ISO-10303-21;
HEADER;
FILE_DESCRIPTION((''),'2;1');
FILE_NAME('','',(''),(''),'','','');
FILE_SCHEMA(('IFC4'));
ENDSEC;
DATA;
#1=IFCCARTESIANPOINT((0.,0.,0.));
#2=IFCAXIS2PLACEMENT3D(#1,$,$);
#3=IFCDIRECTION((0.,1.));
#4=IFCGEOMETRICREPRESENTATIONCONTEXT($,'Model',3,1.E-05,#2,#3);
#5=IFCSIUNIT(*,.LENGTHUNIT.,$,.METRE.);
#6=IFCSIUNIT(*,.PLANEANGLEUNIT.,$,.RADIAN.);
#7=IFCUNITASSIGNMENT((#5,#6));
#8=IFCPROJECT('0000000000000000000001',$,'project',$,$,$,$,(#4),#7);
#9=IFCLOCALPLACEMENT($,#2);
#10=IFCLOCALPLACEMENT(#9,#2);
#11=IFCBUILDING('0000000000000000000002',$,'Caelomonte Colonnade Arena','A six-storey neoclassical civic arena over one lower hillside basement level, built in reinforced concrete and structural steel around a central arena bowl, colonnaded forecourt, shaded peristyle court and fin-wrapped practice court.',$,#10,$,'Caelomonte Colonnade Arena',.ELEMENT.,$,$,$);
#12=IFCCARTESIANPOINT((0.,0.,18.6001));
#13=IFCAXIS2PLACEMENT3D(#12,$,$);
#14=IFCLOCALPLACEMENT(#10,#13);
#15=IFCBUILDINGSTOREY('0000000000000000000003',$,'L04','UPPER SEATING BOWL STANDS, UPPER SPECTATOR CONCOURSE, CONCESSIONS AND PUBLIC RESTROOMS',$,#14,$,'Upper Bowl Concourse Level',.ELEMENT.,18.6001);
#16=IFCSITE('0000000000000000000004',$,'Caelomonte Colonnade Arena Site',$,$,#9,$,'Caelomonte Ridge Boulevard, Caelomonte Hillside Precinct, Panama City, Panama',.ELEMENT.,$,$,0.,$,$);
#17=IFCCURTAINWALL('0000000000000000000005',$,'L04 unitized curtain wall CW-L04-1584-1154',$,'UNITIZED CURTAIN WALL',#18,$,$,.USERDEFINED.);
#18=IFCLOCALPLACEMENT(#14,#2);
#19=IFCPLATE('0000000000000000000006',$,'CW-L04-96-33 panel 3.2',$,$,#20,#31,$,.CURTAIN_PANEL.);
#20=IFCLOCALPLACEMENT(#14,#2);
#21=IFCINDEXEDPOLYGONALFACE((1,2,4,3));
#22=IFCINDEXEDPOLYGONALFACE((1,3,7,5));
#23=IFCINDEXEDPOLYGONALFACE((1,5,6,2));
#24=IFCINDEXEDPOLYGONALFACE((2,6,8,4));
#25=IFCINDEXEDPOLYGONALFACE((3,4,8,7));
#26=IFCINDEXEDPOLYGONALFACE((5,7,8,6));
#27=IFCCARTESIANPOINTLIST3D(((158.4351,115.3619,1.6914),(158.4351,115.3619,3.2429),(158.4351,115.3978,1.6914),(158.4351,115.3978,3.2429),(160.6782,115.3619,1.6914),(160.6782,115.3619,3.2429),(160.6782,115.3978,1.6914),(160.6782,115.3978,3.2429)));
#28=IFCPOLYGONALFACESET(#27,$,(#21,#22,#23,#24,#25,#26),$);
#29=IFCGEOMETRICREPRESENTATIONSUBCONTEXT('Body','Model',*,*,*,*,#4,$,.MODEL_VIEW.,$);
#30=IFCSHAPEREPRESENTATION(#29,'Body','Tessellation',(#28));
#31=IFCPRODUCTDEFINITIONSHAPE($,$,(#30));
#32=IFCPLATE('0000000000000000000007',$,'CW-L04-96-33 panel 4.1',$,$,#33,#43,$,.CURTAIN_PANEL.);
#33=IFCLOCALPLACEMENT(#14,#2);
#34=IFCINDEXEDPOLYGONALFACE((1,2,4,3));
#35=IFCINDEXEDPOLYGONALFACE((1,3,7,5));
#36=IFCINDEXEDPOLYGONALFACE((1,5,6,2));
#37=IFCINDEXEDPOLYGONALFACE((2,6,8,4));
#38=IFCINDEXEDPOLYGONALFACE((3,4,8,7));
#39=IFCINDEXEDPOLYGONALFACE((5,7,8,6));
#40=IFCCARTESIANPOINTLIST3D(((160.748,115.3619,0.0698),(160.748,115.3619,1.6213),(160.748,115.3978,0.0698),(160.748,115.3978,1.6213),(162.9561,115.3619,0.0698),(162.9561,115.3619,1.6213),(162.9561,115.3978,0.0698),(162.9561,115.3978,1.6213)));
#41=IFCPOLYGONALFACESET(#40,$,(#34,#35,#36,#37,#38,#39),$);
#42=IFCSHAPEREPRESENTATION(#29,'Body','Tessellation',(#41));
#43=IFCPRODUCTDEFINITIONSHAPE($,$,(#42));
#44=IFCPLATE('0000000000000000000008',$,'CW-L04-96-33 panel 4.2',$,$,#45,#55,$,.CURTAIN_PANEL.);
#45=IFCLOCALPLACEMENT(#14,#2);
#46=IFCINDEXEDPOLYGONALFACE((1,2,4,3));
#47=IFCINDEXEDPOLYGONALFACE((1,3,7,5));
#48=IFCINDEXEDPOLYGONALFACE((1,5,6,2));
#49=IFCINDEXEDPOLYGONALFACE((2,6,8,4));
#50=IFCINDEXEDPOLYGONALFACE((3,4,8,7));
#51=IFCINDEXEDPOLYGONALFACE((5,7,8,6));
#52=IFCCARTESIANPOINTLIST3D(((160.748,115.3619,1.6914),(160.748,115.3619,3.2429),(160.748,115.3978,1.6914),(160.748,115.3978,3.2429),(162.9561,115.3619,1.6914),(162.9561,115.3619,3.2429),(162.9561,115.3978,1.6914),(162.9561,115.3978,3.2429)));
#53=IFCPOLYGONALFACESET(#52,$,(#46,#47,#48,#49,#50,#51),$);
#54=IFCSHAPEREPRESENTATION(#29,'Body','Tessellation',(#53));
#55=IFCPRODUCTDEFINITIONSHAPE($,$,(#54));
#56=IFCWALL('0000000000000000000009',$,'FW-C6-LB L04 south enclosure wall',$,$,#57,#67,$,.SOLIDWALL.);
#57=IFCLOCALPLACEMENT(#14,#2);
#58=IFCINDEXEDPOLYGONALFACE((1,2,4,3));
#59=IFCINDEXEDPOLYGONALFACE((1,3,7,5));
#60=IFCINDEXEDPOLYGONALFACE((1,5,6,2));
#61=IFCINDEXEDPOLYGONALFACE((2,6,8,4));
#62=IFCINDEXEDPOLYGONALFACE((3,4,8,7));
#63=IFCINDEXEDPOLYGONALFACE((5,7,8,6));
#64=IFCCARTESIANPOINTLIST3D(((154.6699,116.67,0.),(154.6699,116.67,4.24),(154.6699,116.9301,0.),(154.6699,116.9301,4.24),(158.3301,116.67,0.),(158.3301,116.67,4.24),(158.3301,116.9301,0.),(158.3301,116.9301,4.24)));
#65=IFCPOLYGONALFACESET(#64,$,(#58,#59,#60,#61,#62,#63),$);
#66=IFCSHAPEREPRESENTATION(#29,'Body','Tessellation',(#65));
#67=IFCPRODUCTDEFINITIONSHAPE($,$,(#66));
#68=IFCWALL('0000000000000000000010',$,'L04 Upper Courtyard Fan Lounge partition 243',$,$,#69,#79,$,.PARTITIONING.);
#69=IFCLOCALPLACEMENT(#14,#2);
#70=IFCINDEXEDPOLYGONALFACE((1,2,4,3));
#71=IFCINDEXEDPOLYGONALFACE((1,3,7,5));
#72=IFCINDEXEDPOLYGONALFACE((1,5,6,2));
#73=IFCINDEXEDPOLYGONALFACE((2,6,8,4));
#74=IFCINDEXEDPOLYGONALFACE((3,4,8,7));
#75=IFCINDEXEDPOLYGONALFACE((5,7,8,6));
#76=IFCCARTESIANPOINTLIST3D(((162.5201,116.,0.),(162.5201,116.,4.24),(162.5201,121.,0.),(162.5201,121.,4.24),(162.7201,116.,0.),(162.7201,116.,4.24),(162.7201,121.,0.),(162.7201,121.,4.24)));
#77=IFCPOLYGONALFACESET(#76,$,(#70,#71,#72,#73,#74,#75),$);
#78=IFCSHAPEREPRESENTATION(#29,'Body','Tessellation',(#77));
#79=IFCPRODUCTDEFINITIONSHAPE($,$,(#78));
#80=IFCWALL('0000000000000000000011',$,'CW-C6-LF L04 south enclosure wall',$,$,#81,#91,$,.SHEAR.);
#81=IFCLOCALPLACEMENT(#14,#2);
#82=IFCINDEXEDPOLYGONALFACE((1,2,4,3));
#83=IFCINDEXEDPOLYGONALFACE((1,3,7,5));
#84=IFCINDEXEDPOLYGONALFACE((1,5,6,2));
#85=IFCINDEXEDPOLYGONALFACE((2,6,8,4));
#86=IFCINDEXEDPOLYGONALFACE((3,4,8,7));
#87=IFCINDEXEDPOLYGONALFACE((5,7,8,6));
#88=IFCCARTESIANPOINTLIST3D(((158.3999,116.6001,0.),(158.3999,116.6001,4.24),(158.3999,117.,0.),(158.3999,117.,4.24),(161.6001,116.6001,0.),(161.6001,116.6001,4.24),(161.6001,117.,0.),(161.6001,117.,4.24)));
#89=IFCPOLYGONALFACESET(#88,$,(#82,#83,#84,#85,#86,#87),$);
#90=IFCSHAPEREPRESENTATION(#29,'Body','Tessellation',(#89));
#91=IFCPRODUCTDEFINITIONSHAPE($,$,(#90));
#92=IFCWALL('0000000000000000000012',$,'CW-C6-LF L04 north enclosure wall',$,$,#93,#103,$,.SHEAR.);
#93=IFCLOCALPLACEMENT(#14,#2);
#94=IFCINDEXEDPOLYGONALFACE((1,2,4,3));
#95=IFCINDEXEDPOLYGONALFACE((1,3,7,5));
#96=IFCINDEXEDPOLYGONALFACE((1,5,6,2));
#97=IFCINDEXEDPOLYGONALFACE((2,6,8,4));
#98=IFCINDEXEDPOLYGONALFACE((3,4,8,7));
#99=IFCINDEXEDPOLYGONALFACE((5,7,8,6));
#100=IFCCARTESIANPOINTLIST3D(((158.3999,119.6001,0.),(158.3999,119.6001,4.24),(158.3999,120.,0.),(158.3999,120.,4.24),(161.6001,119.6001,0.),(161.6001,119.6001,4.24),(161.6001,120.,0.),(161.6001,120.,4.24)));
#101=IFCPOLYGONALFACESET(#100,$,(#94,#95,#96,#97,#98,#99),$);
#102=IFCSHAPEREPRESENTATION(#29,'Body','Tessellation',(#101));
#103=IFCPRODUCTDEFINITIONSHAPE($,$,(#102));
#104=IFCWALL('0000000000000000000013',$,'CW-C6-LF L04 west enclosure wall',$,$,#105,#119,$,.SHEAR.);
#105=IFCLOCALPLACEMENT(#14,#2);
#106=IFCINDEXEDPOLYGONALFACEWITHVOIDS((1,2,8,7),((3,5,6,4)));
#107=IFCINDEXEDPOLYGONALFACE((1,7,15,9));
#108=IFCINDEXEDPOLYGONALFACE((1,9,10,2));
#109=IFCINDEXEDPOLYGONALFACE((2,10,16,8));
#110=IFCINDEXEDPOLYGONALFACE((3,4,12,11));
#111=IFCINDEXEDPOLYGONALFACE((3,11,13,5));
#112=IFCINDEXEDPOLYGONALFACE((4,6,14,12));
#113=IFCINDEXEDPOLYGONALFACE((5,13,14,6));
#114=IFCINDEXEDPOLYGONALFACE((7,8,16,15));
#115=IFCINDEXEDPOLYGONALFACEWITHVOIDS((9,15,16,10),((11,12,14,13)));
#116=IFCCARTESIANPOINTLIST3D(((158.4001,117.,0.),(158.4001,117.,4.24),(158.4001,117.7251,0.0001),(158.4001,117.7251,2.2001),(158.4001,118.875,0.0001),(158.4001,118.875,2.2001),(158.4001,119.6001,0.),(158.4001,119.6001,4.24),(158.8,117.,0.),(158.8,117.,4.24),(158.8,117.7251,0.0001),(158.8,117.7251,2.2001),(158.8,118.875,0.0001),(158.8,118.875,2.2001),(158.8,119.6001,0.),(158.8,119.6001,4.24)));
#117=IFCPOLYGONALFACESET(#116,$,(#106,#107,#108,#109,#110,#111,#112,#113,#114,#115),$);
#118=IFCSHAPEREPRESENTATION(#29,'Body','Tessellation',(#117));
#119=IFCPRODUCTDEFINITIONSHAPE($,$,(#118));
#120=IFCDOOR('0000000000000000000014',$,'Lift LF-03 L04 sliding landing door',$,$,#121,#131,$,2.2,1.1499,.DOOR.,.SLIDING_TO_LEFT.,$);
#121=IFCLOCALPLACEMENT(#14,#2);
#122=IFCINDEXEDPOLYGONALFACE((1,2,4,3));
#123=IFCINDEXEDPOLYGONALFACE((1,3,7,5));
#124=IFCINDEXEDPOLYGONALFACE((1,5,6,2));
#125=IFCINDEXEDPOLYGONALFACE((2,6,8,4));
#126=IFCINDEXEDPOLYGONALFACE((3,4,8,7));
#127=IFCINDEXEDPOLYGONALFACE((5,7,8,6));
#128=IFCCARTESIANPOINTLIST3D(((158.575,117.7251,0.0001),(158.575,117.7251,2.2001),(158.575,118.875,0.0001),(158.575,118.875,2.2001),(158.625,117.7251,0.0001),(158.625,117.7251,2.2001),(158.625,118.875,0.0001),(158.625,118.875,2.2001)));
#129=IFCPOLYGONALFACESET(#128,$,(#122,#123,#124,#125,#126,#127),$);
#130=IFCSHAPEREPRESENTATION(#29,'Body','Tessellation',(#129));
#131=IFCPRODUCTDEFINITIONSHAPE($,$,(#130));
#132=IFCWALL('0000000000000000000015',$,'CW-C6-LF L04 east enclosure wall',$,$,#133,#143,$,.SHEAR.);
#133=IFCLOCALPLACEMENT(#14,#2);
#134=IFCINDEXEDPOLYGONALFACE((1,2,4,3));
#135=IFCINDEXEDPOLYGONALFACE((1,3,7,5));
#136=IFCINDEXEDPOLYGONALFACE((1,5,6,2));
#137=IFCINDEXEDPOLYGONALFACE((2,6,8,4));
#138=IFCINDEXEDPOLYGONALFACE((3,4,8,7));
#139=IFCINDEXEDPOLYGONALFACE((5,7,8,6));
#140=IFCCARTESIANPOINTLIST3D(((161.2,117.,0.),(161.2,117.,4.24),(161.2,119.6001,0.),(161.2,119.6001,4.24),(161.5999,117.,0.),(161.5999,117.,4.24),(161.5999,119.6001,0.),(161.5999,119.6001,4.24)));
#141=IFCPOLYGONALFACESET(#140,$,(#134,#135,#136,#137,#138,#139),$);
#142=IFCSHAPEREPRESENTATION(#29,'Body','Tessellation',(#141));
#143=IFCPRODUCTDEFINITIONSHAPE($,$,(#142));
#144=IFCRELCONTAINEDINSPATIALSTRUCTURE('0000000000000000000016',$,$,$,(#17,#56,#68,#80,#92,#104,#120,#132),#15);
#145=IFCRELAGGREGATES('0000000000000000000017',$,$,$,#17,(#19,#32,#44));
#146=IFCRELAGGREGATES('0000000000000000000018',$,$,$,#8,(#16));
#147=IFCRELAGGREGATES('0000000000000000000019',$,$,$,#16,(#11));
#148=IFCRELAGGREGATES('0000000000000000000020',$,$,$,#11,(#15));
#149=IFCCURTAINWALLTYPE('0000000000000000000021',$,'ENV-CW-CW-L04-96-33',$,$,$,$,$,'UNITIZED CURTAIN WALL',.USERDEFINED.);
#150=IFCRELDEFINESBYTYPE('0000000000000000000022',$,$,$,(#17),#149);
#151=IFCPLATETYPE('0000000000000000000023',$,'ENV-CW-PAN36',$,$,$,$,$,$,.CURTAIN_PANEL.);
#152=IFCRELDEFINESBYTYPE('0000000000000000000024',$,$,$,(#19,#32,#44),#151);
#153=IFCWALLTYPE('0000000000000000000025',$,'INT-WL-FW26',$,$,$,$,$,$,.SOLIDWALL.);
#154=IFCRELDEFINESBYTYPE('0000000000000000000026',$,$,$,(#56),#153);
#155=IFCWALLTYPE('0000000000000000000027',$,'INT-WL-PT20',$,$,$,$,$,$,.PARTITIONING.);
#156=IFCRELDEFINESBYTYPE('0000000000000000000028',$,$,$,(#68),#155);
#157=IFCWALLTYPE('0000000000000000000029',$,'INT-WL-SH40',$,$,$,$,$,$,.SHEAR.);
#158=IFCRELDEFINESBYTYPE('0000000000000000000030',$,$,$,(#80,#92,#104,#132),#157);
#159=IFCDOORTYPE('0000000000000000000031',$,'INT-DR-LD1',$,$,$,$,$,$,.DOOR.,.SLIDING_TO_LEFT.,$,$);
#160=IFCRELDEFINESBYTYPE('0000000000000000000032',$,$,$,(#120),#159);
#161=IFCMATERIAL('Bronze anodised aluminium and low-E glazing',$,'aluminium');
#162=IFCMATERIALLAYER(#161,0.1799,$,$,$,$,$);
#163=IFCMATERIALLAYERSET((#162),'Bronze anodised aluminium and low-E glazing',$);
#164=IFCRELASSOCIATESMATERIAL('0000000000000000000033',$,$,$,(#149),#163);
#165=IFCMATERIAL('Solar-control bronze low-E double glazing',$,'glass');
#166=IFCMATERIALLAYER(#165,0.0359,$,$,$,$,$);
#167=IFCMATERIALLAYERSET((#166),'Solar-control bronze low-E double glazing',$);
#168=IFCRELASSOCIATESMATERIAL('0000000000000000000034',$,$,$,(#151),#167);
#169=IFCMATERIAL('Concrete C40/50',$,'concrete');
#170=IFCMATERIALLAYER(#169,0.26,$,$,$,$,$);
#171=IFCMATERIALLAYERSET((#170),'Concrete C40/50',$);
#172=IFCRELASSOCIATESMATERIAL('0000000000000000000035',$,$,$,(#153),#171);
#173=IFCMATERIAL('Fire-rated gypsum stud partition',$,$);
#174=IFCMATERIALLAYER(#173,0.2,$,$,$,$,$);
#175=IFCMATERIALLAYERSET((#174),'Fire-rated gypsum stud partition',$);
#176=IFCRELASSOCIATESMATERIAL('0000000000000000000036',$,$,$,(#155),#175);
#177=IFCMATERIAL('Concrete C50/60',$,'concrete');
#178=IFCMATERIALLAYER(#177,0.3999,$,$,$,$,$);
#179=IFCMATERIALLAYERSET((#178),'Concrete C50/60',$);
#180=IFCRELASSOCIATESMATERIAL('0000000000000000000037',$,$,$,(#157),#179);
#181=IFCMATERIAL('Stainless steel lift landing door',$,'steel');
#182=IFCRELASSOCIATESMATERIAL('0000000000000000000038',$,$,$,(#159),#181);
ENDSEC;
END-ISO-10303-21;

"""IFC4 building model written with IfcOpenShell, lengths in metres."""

from ifc_helpers import new_model, si_unit, direction, frame, frame_2d, origin, origin_2d, place, context, subcontext, project, spatial, rectangle, extrude, material, layer, layer_set, type_object, element, fill, aggregate, save


model = new_model("IFC4")

# Units and contexts
model_context = context("Model", 3, precision=1e-05, world=origin(), true_north=direction((0.0, 1.0)))
body_context = subcontext(model_context, "Body", "Model", "MODEL_VIEW")
ifc_project = project(units=[si_unit("LENGTHUNIT", "METRE"), si_unit("PLANEANGLEUNIT", "RADIAN")], contexts=[model_context])

# Site, building, storey
site_placement = place(None, origin())
site = spatial("IfcSite", under=ifc_project, at=site_placement, Name="Caelomonte Colonnade Arena Site", LongName="Caelomonte Ridge Boulevard, Caelomonte Hillside Precinct, Panama City, Panama", CompositionType="ELEMENT", RefElevation=0.0)
building_placement = place(site_placement, origin())
building = spatial("IfcBuilding", under=site, at=building_placement, Name="Caelomonte Colonnade Arena", Description="A six-storey neoclassical civic arena over one lower hillside basement level, built in reinforced concrete and structural steel around a central arena bowl, colonnaded forecourt, shaded peristyle court and fin-wrapped practice court.", LongName="Caelomonte Colonnade Arena", CompositionType="ELEMENT")
storey_placement = place(building_placement, frame((0.0, 0.0, 18.6001)))
storey = spatial("IfcBuildingStorey", under=building, at=storey_placement, Name="L04", Description="UPPER SEATING BOWL STANDS, UPPER SPECTATOR CONCOURSE, CONCESSIONS AND PUBLIC RESTROOMS", LongName="Upper Bowl Concourse Level", CompositionType="ELEMENT", Elevation=18.6001)

# Curtain wall
ifc_material_1 = material(Name="Bronze anodised aluminium and low-E glazing", Category="aluminium")
ifc_layer_1 = layer(ifc_material_1, 0.1799)
ifc_layer_set_1 = layer_set([ifc_layer_1], Name="Bronze anodised aluminium and low-E glazing")
curtain_wall_type = type_object("IfcCurtainWallType", Name="ENV-CW-CW-L04-96-33", ElementType="UNITIZED CURTAIN WALL", PredefinedType="USERDEFINED", material=ifc_layer_set_1)
curtain_wall_placement = place(storey_placement, origin())
curtain_wall = element("IfcCurtainWall", 1, at=curtain_wall_placement, inside=storey, type_object=curtain_wall_type, Name="L04 unitized curtain wall CW-L04-1584-1154", ObjectType="UNITIZED CURTAIN WALL", PredefinedType="USERDEFINED")

# Plates
ifc_material_2 = material(Name="Solar-control bronze low-E double glazing", Category="glass")
ifc_layer_2 = layer(ifc_material_2, 0.0359)
ifc_layer_set_2 = layer_set([ifc_layer_2], Name="Solar-control bronze low-E double glazing")
plate_type = type_object("IfcPlateType", Name="ENV-CW-PAN36", PredefinedType="CURTAIN_PANEL", material=ifc_layer_set_2)
plate_1_placement = place(storey_placement, frame((159.5566, 115.3799, 1.6914), z_axis=(0.0, 0.0, 1.0), x_axis=(1.0, 0.0, 0.0)))
plate_1 = element("IfcPlate", 2, at=plate_1_placement, type_object=plate_type, Name="CW-L04-96-33 panel 3.2", PredefinedType="CURTAIN_PANEL", context=body_context, shape_type="SweptSolid", body=[
    extrude(rectangle(XDim=2.2432, YDim=0.0359, at=origin_2d()), origin(), (0.0, 0.0, 1.0), 1.5515),
])
plate_2_placement = place(storey_placement, frame((161.8521, 115.3799, 0.0698), z_axis=(0.0, 0.0, 1.0), x_axis=(1.0, 0.0, 0.0)))
plate_2 = element("IfcPlate", 3, at=plate_2_placement, type_object=plate_type, Name="CW-L04-96-33 panel 4.1", PredefinedType="CURTAIN_PANEL", context=body_context, shape_type="SweptSolid", body=[
    extrude(rectangle(XDim=2.208, YDim=0.0359, at=origin_2d()), origin(), (0.0, 0.0, 1.0), 1.5515),
])
plate_3_placement = place(storey_placement, frame((161.8521, 115.3799, 1.6914), z_axis=(0.0, 0.0, 1.0), x_axis=(1.0, 0.0, 0.0)))
plate_3 = element("IfcPlate", 4, at=plate_3_placement, type_object=plate_type, Name="CW-L04-96-33 panel 4.2", PredefinedType="CURTAIN_PANEL", context=body_context, shape_type="SweptSolid", body=[
    extrude(rectangle(XDim=2.208, YDim=0.0359, at=origin_2d()), origin(), (0.0, 0.0, 1.0), 1.5515),
])
aggregate(curtain_wall, [plate_1, plate_2, plate_3])

# Walls
ifc_material_3 = material(Name="Concrete C40/50", Category="concrete")
ifc_layer_3 = layer(ifc_material_3, 0.26)
ifc_layer_set_3 = layer_set([ifc_layer_3], Name="Concrete C40/50")
wall_type_1 = type_object("IfcWallType", Name="INT-WL-FW26", PredefinedType="SOLIDWALL", material=ifc_layer_set_3)
wall_1_placement = place(storey_placement, frame((154.6699, 116.8, 0.0), z_axis=(0.0, 0.0, 1.0), x_axis=(1.0, 0.0, 0.0)))
element("IfcWall", 5, at=wall_1_placement, inside=storey, type_object=wall_type_1, Name="FW-C6-LB L04 south enclosure wall", PredefinedType="SOLIDWALL", context=body_context, shape_type="SweptSolid", body=[
    extrude(rectangle(XDim=3.6602, YDim=0.26, at=frame_2d((1.8301, 0.0))), origin(), (0.0, 0.0, 1.0), 4.24),
])
ifc_material_4 = material(Name="Fire-rated gypsum stud partition")
ifc_layer_4 = layer(ifc_material_4, 0.2)
ifc_layer_set_4 = layer_set([ifc_layer_4], Name="Fire-rated gypsum stud partition")
wall_type_2 = type_object("IfcWallType", Name="INT-WL-PT20", PredefinedType="PARTITIONING", material=ifc_layer_set_4)
wall_2_placement = place(storey_placement, frame((162.6201, 116.0, 0.0), z_axis=(0.0, 0.0, 1.0), x_axis=(0.0, 1.0, 0.0)))
element("IfcWall", 6, at=wall_2_placement, inside=storey, type_object=wall_type_2, Name="L04 Upper Courtyard Fan Lounge partition 243", PredefinedType="PARTITIONING", context=body_context, shape_type="SweptSolid", body=[
    extrude(rectangle(XDim=5.0, YDim=0.2, at=frame_2d((2.5, 0.0))), origin(), (0.0, 0.0, 1.0), 4.24),
])
ifc_material_5 = material(Name="Concrete C50/60", Category="concrete")
ifc_layer_5 = layer(ifc_material_5, 0.3999)
ifc_layer_set_5 = layer_set([ifc_layer_5], Name="Concrete C50/60")
wall_type_3 = type_object("IfcWallType", Name="INT-WL-SH40", PredefinedType="SHEAR", material=ifc_layer_set_5)
for number, where, z_axis, x_axis, name in (
    (7, (158.3999, 116.8, 0.0), (0.0, 0.0, 1.0), (1.0, 0.0, 0.0), "CW-C6-LF L04 south enclosure wall"),
    (8, (161.6001, 119.8, 0.0), (0.0, 0.0, 1.0), (-1.0, 0.0, 0.0), "CW-C6-LF L04 north enclosure wall"),
):
    element("IfcWall", number, at=place(storey_placement, frame(where, z_axis=z_axis, x_axis=x_axis)), inside=storey, type_object=wall_type_3, Name=name, PredefinedType="SHEAR", context=body_context, shape_type="SweptSolid", body=[
        extrude(rectangle(XDim=3.2002, YDim=0.3999, at=frame_2d((1.6001, 0.0))), origin(), (0.0, 0.0, 1.0), 4.24),
    ])

# Wall, opening, door
wall_3_placement = place(storey_placement, frame((158.6001, 119.6001, 0.0), z_axis=(0.0, 0.0, 1.0), x_axis=(0.0, -1.0, 0.0)))
wall_3 = element("IfcWall", 9, at=wall_3_placement, inside=storey, type_object=wall_type_3, Name="CW-C6-LF L04 west enclosure wall", PredefinedType="SHEAR", context=body_context, shape_type="SweptSolid", body=[
    extrude(rectangle(XDim=2.6001, YDim=0.3999, at=frame_2d((1.3, 0.0))), origin(), (0.0, 0.0, 1.0), 4.24),
])
opening_placement = place(wall_3_placement, frame((0.7251, 0.0, 0.0), z_axis=(0.0, 0.0, 1.0), x_axis=(1.0, 0.0, 0.0)))
opening = element("IfcOpeningElement", 10, at=opening_placement, cuts=wall_3, PredefinedType="OPENING", context=body_context, shape_type="SweptSolid", body=[
    extrude(rectangle(XDim=1.1499, YDim=2.2, at=frame_2d((0.575, 1.1001))), frame((0.0, 0.21, 0.0), z_axis=(0.0, -1.0, 0.0), x_axis=(1.0, 0.0, 0.0)), (0.0, 0.0, 1.0), 0.4199),
])
ifc_material_6 = material(Name="Stainless steel lift landing door", Category="steel")
door_type = type_object("IfcDoorType", Name="INT-DR-LD1", OperationType="SLIDING_TO_LEFT", PredefinedType="DOOR", material=ifc_material_6)
door_placement = place(opening_placement, origin())
door = element("IfcDoor", 11, at=door_placement, inside=storey, type_object=door_type, Name="Lift LF-03 L04 sliding landing door", OperationType="SLIDING_TO_LEFT", OverallHeight=2.2, OverallWidth=1.1499, PredefinedType="DOOR", context=body_context, shape_type="SweptSolid", body=[
    extrude(rectangle(XDim=1.1499, YDim=2.2, at=frame_2d((0.575, 1.1001))), frame((0.0, 0.0249, 0.0), z_axis=(0.0, -1.0, 0.0), x_axis=(1.0, 0.0, 0.0)), (0.0, 0.0, 1.0), 0.05),
])
fill(opening, door)

# Wall
wall_4_placement = place(storey_placement, frame((161.3999, 117.0, 0.0), z_axis=(0.0, 0.0, 1.0), x_axis=(0.0, 1.0, 0.0)))
element("IfcWall", 12, at=wall_4_placement, inside=storey, type_object=wall_type_3, Name="CW-C6-LF L04 east enclosure wall", PredefinedType="SHEAR", context=body_context, shape_type="SweptSolid", body=[
    extrude(rectangle(XDim=2.6001, YDim=0.3999, at=frame_2d((1.3, 0.0))), origin(), (0.0, 0.0, 1.0), 4.24),
])

save(model, "model.ifc")
